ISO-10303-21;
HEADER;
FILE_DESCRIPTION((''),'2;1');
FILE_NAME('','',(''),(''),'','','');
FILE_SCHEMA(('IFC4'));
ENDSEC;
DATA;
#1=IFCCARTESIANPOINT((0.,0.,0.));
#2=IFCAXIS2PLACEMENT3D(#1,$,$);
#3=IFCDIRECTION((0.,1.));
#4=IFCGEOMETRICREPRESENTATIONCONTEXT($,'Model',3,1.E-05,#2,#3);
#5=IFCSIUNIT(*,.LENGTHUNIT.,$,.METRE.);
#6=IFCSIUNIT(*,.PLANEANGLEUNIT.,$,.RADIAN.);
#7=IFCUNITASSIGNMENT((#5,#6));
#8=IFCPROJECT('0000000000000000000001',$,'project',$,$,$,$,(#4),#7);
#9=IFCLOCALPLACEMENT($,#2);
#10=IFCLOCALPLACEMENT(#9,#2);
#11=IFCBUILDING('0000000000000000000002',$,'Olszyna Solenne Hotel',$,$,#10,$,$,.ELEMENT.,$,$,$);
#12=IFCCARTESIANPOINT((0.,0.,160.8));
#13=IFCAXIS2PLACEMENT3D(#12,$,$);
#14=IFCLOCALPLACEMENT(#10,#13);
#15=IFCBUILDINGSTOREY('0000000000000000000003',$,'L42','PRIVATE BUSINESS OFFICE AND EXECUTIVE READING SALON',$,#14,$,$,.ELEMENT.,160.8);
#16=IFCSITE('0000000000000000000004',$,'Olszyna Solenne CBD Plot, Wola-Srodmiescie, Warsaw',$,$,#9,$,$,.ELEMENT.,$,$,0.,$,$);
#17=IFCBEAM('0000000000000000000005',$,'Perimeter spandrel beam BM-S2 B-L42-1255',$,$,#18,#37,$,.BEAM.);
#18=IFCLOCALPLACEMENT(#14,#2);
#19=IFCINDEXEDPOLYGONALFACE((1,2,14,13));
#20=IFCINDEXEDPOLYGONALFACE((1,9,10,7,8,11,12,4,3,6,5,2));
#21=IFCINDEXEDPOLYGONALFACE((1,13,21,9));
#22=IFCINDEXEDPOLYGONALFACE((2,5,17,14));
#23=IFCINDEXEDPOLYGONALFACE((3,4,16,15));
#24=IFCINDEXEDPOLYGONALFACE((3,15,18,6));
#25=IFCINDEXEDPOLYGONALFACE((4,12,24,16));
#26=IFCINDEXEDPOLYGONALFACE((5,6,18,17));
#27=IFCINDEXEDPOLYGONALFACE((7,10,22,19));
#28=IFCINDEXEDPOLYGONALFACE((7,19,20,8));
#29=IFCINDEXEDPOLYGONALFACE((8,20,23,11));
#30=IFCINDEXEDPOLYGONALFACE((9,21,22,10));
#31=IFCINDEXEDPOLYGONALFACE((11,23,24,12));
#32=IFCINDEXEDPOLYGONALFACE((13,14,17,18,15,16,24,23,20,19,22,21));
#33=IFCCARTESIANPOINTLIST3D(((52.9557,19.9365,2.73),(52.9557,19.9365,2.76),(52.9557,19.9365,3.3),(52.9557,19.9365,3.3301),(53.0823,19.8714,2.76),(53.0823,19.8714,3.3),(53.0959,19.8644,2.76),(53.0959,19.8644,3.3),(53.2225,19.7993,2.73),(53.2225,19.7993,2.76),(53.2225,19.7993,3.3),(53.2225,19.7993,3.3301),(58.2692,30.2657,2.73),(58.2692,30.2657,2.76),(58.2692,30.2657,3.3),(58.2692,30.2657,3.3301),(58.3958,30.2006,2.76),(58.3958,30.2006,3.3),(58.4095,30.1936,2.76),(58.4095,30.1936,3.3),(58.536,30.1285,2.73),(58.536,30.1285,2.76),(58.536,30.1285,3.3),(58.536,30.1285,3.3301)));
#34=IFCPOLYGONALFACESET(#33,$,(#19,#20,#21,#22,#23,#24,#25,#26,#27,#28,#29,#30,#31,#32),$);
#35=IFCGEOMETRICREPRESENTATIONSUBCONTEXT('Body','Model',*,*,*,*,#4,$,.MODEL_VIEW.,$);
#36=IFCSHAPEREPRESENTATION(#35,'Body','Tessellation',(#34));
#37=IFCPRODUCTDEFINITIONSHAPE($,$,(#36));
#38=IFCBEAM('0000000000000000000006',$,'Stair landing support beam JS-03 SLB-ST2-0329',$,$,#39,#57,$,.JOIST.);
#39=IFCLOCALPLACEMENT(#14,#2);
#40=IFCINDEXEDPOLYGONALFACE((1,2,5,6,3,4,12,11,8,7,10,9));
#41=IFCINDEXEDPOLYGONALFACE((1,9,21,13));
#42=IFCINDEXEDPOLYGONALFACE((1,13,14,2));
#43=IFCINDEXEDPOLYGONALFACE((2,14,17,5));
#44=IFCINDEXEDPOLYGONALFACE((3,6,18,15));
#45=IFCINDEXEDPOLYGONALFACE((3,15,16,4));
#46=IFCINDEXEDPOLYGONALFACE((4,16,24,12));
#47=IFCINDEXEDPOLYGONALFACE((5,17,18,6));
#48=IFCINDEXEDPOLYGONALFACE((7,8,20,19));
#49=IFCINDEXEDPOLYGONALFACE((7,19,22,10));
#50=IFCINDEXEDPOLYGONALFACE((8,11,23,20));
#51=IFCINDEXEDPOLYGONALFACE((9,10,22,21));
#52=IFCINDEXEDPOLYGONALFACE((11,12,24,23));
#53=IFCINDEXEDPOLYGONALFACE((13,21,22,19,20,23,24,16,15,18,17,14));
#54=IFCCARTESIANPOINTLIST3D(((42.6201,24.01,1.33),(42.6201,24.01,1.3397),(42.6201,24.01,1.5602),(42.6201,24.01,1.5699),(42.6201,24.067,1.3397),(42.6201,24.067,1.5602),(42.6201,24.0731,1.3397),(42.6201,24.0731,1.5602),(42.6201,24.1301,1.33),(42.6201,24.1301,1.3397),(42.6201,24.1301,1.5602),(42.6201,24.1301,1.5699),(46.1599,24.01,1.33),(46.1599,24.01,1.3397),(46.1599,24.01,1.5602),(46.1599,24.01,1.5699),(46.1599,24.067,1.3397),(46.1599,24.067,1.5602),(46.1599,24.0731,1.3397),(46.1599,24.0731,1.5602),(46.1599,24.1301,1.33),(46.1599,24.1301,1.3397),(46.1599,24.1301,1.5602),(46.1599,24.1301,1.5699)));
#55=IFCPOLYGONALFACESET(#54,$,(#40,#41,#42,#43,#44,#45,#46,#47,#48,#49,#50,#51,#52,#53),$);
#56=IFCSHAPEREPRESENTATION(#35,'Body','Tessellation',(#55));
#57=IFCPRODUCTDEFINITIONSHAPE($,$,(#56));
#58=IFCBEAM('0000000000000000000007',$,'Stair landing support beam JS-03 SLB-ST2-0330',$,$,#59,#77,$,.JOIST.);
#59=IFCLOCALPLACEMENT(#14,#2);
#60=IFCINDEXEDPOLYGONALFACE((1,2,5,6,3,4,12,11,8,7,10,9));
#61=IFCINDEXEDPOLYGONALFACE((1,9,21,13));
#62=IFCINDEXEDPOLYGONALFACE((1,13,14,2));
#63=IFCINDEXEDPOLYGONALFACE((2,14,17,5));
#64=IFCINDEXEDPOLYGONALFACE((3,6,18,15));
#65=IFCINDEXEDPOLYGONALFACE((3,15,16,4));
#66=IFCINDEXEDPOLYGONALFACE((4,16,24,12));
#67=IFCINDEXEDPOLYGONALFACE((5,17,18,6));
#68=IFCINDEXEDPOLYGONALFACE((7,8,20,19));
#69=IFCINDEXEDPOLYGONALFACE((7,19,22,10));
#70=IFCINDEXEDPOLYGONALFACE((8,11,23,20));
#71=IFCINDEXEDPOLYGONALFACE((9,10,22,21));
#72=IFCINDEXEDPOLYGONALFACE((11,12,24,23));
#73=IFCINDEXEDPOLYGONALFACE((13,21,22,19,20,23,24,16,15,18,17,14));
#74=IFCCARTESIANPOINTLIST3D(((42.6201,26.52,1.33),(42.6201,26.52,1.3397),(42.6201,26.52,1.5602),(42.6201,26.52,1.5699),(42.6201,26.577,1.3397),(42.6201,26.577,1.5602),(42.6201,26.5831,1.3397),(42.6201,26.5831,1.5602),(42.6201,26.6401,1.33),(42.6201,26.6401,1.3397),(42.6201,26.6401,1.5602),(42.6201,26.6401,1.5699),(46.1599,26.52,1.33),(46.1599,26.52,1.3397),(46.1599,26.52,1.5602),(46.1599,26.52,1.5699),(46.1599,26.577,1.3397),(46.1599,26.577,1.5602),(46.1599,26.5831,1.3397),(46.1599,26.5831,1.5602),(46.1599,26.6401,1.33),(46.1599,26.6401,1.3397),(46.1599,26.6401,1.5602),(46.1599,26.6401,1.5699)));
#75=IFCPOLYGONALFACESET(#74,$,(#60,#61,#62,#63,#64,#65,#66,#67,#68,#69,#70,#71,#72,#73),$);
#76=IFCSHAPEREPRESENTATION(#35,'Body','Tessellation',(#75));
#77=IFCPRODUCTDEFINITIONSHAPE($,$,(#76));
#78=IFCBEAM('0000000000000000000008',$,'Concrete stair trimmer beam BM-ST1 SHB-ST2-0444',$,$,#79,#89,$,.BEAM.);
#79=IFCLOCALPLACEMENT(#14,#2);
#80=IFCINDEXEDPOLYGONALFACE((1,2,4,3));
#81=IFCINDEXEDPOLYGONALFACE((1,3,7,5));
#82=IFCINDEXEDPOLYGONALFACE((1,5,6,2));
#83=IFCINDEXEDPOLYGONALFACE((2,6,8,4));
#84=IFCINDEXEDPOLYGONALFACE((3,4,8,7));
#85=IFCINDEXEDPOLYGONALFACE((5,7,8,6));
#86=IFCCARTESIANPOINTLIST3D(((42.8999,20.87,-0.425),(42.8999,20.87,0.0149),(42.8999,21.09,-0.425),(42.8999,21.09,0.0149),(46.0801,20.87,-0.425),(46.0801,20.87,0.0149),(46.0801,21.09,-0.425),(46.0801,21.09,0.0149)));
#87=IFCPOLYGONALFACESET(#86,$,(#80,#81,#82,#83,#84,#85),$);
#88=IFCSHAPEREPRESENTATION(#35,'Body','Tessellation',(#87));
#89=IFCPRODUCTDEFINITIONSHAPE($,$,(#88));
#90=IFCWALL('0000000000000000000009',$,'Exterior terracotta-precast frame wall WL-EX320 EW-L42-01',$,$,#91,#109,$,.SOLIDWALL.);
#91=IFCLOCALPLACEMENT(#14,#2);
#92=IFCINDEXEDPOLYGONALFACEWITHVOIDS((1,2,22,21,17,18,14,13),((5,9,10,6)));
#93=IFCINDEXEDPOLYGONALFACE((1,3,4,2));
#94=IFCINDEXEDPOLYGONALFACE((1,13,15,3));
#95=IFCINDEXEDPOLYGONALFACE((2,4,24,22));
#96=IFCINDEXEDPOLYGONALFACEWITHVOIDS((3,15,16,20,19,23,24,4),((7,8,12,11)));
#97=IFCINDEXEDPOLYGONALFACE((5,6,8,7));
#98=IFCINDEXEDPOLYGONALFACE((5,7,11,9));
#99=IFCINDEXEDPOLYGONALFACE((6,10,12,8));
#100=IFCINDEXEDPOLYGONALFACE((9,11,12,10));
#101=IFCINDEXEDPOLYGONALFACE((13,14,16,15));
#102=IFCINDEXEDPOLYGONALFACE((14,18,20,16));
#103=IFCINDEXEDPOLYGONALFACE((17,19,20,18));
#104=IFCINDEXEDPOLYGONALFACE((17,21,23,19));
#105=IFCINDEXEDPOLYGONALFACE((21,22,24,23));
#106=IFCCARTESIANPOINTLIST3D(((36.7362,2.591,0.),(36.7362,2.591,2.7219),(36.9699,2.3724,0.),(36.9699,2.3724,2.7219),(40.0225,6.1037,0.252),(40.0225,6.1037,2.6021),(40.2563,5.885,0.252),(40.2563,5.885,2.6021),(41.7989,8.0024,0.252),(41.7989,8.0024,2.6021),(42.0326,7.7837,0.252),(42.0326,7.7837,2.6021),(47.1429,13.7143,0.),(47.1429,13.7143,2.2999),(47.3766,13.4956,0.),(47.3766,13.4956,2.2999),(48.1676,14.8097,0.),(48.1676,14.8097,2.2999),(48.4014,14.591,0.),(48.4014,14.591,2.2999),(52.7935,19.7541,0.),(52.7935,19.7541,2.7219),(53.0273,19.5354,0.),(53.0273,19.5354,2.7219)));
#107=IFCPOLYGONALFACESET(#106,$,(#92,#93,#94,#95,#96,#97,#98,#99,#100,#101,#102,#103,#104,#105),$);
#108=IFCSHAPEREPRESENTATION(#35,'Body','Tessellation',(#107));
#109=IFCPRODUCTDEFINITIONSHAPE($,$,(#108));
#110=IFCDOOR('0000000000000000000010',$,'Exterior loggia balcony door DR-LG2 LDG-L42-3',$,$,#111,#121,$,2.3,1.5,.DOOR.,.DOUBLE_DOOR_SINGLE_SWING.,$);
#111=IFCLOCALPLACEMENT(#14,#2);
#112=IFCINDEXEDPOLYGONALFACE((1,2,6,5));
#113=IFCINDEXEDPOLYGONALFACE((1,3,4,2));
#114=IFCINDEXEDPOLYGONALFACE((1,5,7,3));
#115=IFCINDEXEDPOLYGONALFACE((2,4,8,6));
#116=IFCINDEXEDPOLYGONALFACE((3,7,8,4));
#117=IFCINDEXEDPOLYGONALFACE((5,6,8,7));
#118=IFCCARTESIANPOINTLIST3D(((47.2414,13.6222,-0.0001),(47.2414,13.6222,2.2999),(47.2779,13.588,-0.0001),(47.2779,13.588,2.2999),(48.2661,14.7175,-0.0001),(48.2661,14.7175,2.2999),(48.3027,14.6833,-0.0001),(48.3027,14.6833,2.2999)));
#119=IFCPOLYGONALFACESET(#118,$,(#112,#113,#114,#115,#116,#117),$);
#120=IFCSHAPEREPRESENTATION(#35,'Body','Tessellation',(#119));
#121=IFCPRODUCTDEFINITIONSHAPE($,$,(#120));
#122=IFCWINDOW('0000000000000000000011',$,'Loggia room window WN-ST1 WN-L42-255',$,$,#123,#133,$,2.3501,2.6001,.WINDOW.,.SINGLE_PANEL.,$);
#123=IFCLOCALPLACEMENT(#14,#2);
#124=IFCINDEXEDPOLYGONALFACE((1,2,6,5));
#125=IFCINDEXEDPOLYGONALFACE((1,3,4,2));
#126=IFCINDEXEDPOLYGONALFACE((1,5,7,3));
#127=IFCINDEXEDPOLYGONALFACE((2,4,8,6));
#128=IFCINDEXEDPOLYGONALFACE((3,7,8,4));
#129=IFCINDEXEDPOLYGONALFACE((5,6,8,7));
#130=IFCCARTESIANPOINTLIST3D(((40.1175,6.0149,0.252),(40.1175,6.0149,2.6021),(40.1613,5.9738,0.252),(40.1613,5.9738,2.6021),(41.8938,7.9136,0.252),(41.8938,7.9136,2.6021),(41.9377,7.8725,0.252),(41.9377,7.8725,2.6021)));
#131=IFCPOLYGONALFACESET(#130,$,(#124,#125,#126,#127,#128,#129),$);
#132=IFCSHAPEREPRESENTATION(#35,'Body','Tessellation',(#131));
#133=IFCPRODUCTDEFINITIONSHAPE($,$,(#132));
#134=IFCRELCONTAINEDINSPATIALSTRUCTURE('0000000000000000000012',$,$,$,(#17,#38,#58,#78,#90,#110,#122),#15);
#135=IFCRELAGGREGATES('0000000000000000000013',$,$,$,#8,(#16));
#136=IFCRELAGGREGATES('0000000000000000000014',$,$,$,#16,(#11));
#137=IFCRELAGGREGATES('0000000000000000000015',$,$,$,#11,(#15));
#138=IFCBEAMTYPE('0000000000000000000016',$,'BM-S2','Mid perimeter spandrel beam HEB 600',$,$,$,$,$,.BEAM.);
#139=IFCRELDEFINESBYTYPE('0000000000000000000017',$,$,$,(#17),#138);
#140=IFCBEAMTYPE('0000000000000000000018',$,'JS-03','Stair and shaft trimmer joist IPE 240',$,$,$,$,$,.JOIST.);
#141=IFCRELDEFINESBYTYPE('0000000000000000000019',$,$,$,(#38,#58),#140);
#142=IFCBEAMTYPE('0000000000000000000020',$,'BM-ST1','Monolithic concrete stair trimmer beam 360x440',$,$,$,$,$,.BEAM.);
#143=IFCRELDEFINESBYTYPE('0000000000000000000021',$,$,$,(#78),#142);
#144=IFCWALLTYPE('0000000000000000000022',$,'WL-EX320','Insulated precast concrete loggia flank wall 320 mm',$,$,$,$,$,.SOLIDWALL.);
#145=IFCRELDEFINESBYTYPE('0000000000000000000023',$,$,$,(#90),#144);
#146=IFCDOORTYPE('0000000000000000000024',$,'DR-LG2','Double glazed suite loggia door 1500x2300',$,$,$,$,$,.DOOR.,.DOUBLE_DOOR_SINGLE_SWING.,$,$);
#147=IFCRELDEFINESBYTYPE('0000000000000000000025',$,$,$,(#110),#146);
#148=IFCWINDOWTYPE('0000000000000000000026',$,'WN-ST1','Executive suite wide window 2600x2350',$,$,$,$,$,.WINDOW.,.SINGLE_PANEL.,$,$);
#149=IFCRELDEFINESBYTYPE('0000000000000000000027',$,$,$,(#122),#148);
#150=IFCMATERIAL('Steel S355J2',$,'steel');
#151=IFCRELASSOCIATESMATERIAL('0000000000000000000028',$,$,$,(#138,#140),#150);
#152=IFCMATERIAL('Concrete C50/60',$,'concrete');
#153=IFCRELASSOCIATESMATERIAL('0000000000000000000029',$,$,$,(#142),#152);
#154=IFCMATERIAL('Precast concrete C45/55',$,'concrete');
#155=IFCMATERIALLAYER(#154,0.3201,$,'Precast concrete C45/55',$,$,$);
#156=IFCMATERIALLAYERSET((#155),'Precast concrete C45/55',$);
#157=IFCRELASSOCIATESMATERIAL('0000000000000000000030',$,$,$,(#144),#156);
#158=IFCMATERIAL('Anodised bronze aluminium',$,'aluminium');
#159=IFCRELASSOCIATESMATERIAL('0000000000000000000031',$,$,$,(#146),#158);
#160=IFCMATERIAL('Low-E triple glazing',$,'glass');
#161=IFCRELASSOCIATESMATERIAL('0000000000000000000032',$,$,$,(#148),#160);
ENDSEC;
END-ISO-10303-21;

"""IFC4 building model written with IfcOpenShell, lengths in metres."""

from ifc_helpers import new_model, si_unit, direction, frame, frame_2d, origin, origin_2d, place, context, subcontext, project, spatial, rectangle, i_section, extrude, source, transform, mapped, material, layer, layer_set, material_profile, profile_set, type_object, type_shapes, element, fill, save


model = new_model("IFC4")

# Units and contexts
model_context = context("Model", 3, precision=1e-05, world=origin(), true_north=direction((0.0, 1.0)))
body_context = subcontext(model_context, "Body", "Model", "MODEL_VIEW")
ifc_project = project(units=[si_unit("LENGTHUNIT", "METRE"), si_unit("PLANEANGLEUNIT", "RADIAN")], contexts=[model_context])

# Site, building, storey
site_placement = place(None, origin())
site = spatial("IfcSite", under=ifc_project, at=site_placement, Name="Olszyna Solenne CBD Plot, Wola-Srodmiescie, Warsaw", CompositionType="ELEMENT", RefElevation=0.0)
building_placement = place(site_placement, origin())
building = spatial("IfcBuilding", under=site, at=building_placement, Name="Olszyna Solenne Hotel", CompositionType="ELEMENT")
storey_placement = place(building_placement, frame((0.0, 0.0, 160.8)))
storey = spatial("IfcBuildingStorey", under=building, at=storey_placement, Name="L42", Description="PRIVATE BUSINESS OFFICE AND EXECUTIVE READING SALON", CompositionType="ELEMENT", Elevation=160.8)

# Beams
ifc_material_1 = material(Name="Steel S355J2", Category="steel")
ifc_material_profile_1 = material_profile(ifc_material_1, i_section(OverallWidth=0.3, OverallDepth=0.6001, WebThickness=0.0154, FlangeThickness=0.03, at=origin_2d()), Name="HEB 600", Category="load-bearing")
ifc_profile_set_1 = profile_set([ifc_material_profile_1], Name="Steel S355J2")
beam_type_1 = type_object("IfcBeamType", Name="BM-S2", Description="Mid perimeter spandrel beam HEB 600", PredefinedType="BEAM", material=ifc_profile_set_1)
shared_shape_1 = source(origin(), body_context, "Body", "SweptSolid", [
    extrude(i_section(OverallWidth=0.3, OverallDepth=0.6001, WebThickness=0.0154, FlangeThickness=0.03, at=origin_2d()), origin(), (0.0, 0.0, 1.0), 11.6157),
])
beam_1_placement = place(storey_placement, frame((53.0891, 19.8679, 3.03), z_axis=(0.457441, 0.88924, 0.0), x_axis=(-0.88924, 0.457441, 0.0)))
element("IfcBeam", 1, at=beam_1_placement, inside=storey, type_object=beam_type_1, Name="Perimeter spandrel beam BM-S2 B-L42-1255", PredefinedType="BEAM", context=body_context, shape_type="MappedRepresentation", body=[
    mapped(shared_shape_1, transform((0.0, 0.0, 0.0), x_axis=(1.0, 0.0, 0.0), y_axis=(0.0, 1.0, 0.0), z_axis=(0.0, 0.0, 1.0), scale=1.0)),
])
ifc_material_profile_2 = material_profile(ifc_material_1, i_section(OverallWidth=0.1201, OverallDepth=0.24, WebThickness=0.0061, FlangeThickness=0.0098, at=origin_2d()), Name="IPE 240", Category="load-bearing")
ifc_profile_set_2 = profile_set([ifc_material_profile_2], Name="Steel S355J2")
beam_type_2 = type_object("IfcBeamType", Name="JS-03", Description="Stair and shaft trimmer joist IPE 240", PredefinedType="JOIST", material=ifc_profile_set_2)
shared_shape_2 = source(origin(), body_context, "Body", "SweptSolid", [
    extrude(i_section(OverallWidth=0.1201, OverallDepth=0.24, WebThickness=0.0061, FlangeThickness=0.0098, at=origin_2d()), origin(), (0.0, 0.0, 1.0), 3.5398),
])
for number, where, z_axis, x_axis, name in (
    (2, (46.1599, 24.0701, 1.45), (-1.0, 0.0, 0.0), (0.0, -1.0, 0.0), "Stair landing support beam JS-03 SLB-ST2-0329"),
    (3, (46.1599, 26.5801, 1.45), (-1.0, 0.0, 0.0), (0.0, -1.0, 0.0), "Stair landing support beam JS-03 SLB-ST2-0330"),
):
    element("IfcBeam", number, at=place(storey_placement, frame(where, z_axis=z_axis, x_axis=x_axis)), inside=storey, type_object=beam_type_2, Name=name, PredefinedType="JOIST", context=body_context, shape_type="MappedRepresentation", body=[
        mapped(shared_shape_2, transform((0.0, 0.0, 0.0), x_axis=(1.0, 0.0, 0.0), y_axis=(0.0, 1.0, 0.0), z_axis=(0.0, 0.0, 1.0), scale=1.0)),
    ])
ifc_material_2 = material(Name="Concrete C50/60", Category="concrete")
ifc_material_profile_3 = material_profile(ifc_material_2, rectangle(XDim=0.22, YDim=0.4399, at=origin_2d()), Name="RC 220x440", Category="load-bearing")
ifc_profile_set_3 = profile_set([ifc_material_profile_3], Name="Concrete C50/60")
beam_type_3 = type_object("IfcBeamType", Name="BM-ST1", Description="Monolithic concrete stair trimmer beam 360x440", PredefinedType="BEAM", material=ifc_profile_set_3)
shared_shape_3 = source(origin(), body_context, "Body", "SweptSolid", [
    extrude(rectangle(XDim=0.22, YDim=0.4399, at=origin_2d()), origin(), (0.0, 0.0, 1.0), 3.1802),
])
beam_2_placement = place(storey_placement, frame((46.0801, 20.98, -0.2051), z_axis=(-1.0, 0.0, 0.0), x_axis=(0.0, -1.0, 0.0)))
element("IfcBeam", 4, at=beam_2_placement, inside=storey, type_object=beam_type_3, Name="Concrete stair trimmer beam BM-ST1 SHB-ST2-0444", PredefinedType="BEAM", context=body_context, shape_type="MappedRepresentation", body=[
    mapped(shared_shape_3, transform((0.0, 0.0, 0.0), x_axis=(1.0, 0.0, 0.0), y_axis=(0.0, 1.0, 0.0), z_axis=(0.0, 0.0, 1.0), scale=1.0)),
])

# Wall, openings, door, window
ifc_material_3 = material(Name="Precast concrete C45/55", Category="concrete")
ifc_layer_1 = layer(ifc_material_3, 0.3201, Name="Precast concrete C45/55")
ifc_layer_set_1 = layer_set([ifc_layer_1], Name="Precast concrete C45/55")
wall_type_1 = type_object("IfcWallType", Name="WL-EX320", Description="Insulated precast concrete loggia flank wall 320 mm", PredefinedType="SOLIDWALL", material=ifc_layer_set_1)
wall_1_placement = place(storey_placement, frame((52.9104, 19.6448, 0.0), z_axis=(0.0, 0.0, 1.0), x_axis=(-0.683193, -0.730238, 0.0)))
wall_1 = element("IfcWall", 5, at=wall_1_placement, inside=storey, type_object=wall_type_1, Name="Exterior terracotta-precast frame wall WL-EX320 EW-L42-01", PredefinedType="SOLIDWALL", context=body_context, shape_type="SweptSolid", body=[
    extrude(rectangle(XDim=23.5034, YDim=0.3201, at=frame_2d((11.7517, 0.0))), origin(), (0.0, 0.0, 1.0), 2.7219),
])
opening_1_placement = place(wall_1_placement, frame((6.771, 0.0, 0.0)))
opening_1 = element("IfcOpeningElement", 6, at=opening_1_placement, cuts=wall_1, PredefinedType="OPENING", context=body_context, shape_type="SweptSolid", body=[
    extrude(rectangle(XDim=1.5, YDim=2.3, at=frame_2d((0.75, 1.1499))), frame((0.0, 0.1699, 0.0), z_axis=(0.0, -1.0, 0.0), x_axis=(1.0, 0.0, 0.0)), (0.0, 0.0, 1.0), 0.3401),
])
opening_2_placement = place(wall_1_placement, frame((16.093, 0.0, 0.252)))
opening_2 = element("IfcOpeningElement", 7, at=opening_2_placement, cuts=wall_1, PredefinedType="OPENING", context=body_context, shape_type="SweptSolid", body=[
    extrude(rectangle(XDim=2.6001, YDim=2.3501, at=frame_2d((1.3, 1.175))), frame((0.0, 0.1699, 0.0), z_axis=(0.0, -1.0, 0.0), x_axis=(1.0, 0.0, 0.0)), (0.0, 0.0, 1.0), 0.3401),
])
ifc_material_4 = material(Name="Anodised bronze aluminium", Category="aluminium")
door_type_1 = type_object("IfcDoorType", Name="DR-LG2", Description="Double glazed suite loggia door 1500x2300", OperationType="DOUBLE_DOOR_SINGLE_SWING", PredefinedType="DOOR", material=ifc_material_4)
shared_shape_4 = source(origin(), body_context, "Body", "SweptSolid", [
    extrude(rectangle(XDim=1.5, YDim=2.3, at=frame_2d((0.75, 1.1499))), frame((0.0, 0.0249, 0.0), z_axis=(0.0, -1.0, 0.0), x_axis=(1.0, 0.0, 0.0)), (0.0, 0.0, 1.0), 0.05),
])
type_shapes(door_type_1, [shared_shape_4])
door_1_placement = place(opening_1_placement, origin())
door_1 = element("IfcDoor", 8, at=door_1_placement, inside=storey, type_object=door_type_1, Name="Exterior loggia balcony door DR-LG2 LDG-L42-3", OperationType="DOUBLE_DOOR_SINGLE_SWING", OverallHeight=2.3, OverallWidth=1.5, PredefinedType="DOOR", context=body_context, shape_type="MappedRepresentation", body=[
    mapped(shared_shape_4, transform((0.0, 0.0, 0.0), x_axis=(1.0, 0.0, 0.0), y_axis=(0.0, 1.0, 0.0), z_axis=(0.0, 0.0, 1.0), scale=1.0)),
])
fill(opening_1, door_1)
ifc_material_5 = material(Name="Low-E triple glazing", Category="glass")
window_type = type_object("IfcWindowType", Name="WN-ST1", Description="Executive suite wide window 2600x2350", PartitioningType="SINGLE_PANEL", PredefinedType="WINDOW", material=ifc_material_5)
shared_shape_5 = source(origin(), body_context, "Body", "SweptSolid", [
    extrude(rectangle(XDim=2.6001, YDim=2.3501, at=frame_2d((1.3, 1.175))), frame((0.0, 0.03, 0.0), z_axis=(0.0, -1.0, 0.0), x_axis=(1.0, 0.0, 0.0)), (0.0, 0.0, 1.0), 0.0601),
])
type_shapes(window_type, [shared_shape_5])
window_placement = place(opening_2_placement, origin())
window = element("IfcWindow", 9, at=window_placement, inside=storey, type_object=window_type, Name="Loggia room window WN-ST1 WN-L42-255", OverallHeight=2.3501, OverallWidth=2.6001, PartitioningType="SINGLE_PANEL", PredefinedType="WINDOW", context=body_context, shape_type="MappedRepresentation", body=[
    mapped(shared_shape_5, transform((0.0, 0.0, 0.0), x_axis=(1.0, 0.0, 0.0), y_axis=(0.0, 1.0, 0.0), z_axis=(0.0, 0.0, 1.0), scale=1.0)),
])
fill(opening_2, window)

save(model, "model.ifc")
